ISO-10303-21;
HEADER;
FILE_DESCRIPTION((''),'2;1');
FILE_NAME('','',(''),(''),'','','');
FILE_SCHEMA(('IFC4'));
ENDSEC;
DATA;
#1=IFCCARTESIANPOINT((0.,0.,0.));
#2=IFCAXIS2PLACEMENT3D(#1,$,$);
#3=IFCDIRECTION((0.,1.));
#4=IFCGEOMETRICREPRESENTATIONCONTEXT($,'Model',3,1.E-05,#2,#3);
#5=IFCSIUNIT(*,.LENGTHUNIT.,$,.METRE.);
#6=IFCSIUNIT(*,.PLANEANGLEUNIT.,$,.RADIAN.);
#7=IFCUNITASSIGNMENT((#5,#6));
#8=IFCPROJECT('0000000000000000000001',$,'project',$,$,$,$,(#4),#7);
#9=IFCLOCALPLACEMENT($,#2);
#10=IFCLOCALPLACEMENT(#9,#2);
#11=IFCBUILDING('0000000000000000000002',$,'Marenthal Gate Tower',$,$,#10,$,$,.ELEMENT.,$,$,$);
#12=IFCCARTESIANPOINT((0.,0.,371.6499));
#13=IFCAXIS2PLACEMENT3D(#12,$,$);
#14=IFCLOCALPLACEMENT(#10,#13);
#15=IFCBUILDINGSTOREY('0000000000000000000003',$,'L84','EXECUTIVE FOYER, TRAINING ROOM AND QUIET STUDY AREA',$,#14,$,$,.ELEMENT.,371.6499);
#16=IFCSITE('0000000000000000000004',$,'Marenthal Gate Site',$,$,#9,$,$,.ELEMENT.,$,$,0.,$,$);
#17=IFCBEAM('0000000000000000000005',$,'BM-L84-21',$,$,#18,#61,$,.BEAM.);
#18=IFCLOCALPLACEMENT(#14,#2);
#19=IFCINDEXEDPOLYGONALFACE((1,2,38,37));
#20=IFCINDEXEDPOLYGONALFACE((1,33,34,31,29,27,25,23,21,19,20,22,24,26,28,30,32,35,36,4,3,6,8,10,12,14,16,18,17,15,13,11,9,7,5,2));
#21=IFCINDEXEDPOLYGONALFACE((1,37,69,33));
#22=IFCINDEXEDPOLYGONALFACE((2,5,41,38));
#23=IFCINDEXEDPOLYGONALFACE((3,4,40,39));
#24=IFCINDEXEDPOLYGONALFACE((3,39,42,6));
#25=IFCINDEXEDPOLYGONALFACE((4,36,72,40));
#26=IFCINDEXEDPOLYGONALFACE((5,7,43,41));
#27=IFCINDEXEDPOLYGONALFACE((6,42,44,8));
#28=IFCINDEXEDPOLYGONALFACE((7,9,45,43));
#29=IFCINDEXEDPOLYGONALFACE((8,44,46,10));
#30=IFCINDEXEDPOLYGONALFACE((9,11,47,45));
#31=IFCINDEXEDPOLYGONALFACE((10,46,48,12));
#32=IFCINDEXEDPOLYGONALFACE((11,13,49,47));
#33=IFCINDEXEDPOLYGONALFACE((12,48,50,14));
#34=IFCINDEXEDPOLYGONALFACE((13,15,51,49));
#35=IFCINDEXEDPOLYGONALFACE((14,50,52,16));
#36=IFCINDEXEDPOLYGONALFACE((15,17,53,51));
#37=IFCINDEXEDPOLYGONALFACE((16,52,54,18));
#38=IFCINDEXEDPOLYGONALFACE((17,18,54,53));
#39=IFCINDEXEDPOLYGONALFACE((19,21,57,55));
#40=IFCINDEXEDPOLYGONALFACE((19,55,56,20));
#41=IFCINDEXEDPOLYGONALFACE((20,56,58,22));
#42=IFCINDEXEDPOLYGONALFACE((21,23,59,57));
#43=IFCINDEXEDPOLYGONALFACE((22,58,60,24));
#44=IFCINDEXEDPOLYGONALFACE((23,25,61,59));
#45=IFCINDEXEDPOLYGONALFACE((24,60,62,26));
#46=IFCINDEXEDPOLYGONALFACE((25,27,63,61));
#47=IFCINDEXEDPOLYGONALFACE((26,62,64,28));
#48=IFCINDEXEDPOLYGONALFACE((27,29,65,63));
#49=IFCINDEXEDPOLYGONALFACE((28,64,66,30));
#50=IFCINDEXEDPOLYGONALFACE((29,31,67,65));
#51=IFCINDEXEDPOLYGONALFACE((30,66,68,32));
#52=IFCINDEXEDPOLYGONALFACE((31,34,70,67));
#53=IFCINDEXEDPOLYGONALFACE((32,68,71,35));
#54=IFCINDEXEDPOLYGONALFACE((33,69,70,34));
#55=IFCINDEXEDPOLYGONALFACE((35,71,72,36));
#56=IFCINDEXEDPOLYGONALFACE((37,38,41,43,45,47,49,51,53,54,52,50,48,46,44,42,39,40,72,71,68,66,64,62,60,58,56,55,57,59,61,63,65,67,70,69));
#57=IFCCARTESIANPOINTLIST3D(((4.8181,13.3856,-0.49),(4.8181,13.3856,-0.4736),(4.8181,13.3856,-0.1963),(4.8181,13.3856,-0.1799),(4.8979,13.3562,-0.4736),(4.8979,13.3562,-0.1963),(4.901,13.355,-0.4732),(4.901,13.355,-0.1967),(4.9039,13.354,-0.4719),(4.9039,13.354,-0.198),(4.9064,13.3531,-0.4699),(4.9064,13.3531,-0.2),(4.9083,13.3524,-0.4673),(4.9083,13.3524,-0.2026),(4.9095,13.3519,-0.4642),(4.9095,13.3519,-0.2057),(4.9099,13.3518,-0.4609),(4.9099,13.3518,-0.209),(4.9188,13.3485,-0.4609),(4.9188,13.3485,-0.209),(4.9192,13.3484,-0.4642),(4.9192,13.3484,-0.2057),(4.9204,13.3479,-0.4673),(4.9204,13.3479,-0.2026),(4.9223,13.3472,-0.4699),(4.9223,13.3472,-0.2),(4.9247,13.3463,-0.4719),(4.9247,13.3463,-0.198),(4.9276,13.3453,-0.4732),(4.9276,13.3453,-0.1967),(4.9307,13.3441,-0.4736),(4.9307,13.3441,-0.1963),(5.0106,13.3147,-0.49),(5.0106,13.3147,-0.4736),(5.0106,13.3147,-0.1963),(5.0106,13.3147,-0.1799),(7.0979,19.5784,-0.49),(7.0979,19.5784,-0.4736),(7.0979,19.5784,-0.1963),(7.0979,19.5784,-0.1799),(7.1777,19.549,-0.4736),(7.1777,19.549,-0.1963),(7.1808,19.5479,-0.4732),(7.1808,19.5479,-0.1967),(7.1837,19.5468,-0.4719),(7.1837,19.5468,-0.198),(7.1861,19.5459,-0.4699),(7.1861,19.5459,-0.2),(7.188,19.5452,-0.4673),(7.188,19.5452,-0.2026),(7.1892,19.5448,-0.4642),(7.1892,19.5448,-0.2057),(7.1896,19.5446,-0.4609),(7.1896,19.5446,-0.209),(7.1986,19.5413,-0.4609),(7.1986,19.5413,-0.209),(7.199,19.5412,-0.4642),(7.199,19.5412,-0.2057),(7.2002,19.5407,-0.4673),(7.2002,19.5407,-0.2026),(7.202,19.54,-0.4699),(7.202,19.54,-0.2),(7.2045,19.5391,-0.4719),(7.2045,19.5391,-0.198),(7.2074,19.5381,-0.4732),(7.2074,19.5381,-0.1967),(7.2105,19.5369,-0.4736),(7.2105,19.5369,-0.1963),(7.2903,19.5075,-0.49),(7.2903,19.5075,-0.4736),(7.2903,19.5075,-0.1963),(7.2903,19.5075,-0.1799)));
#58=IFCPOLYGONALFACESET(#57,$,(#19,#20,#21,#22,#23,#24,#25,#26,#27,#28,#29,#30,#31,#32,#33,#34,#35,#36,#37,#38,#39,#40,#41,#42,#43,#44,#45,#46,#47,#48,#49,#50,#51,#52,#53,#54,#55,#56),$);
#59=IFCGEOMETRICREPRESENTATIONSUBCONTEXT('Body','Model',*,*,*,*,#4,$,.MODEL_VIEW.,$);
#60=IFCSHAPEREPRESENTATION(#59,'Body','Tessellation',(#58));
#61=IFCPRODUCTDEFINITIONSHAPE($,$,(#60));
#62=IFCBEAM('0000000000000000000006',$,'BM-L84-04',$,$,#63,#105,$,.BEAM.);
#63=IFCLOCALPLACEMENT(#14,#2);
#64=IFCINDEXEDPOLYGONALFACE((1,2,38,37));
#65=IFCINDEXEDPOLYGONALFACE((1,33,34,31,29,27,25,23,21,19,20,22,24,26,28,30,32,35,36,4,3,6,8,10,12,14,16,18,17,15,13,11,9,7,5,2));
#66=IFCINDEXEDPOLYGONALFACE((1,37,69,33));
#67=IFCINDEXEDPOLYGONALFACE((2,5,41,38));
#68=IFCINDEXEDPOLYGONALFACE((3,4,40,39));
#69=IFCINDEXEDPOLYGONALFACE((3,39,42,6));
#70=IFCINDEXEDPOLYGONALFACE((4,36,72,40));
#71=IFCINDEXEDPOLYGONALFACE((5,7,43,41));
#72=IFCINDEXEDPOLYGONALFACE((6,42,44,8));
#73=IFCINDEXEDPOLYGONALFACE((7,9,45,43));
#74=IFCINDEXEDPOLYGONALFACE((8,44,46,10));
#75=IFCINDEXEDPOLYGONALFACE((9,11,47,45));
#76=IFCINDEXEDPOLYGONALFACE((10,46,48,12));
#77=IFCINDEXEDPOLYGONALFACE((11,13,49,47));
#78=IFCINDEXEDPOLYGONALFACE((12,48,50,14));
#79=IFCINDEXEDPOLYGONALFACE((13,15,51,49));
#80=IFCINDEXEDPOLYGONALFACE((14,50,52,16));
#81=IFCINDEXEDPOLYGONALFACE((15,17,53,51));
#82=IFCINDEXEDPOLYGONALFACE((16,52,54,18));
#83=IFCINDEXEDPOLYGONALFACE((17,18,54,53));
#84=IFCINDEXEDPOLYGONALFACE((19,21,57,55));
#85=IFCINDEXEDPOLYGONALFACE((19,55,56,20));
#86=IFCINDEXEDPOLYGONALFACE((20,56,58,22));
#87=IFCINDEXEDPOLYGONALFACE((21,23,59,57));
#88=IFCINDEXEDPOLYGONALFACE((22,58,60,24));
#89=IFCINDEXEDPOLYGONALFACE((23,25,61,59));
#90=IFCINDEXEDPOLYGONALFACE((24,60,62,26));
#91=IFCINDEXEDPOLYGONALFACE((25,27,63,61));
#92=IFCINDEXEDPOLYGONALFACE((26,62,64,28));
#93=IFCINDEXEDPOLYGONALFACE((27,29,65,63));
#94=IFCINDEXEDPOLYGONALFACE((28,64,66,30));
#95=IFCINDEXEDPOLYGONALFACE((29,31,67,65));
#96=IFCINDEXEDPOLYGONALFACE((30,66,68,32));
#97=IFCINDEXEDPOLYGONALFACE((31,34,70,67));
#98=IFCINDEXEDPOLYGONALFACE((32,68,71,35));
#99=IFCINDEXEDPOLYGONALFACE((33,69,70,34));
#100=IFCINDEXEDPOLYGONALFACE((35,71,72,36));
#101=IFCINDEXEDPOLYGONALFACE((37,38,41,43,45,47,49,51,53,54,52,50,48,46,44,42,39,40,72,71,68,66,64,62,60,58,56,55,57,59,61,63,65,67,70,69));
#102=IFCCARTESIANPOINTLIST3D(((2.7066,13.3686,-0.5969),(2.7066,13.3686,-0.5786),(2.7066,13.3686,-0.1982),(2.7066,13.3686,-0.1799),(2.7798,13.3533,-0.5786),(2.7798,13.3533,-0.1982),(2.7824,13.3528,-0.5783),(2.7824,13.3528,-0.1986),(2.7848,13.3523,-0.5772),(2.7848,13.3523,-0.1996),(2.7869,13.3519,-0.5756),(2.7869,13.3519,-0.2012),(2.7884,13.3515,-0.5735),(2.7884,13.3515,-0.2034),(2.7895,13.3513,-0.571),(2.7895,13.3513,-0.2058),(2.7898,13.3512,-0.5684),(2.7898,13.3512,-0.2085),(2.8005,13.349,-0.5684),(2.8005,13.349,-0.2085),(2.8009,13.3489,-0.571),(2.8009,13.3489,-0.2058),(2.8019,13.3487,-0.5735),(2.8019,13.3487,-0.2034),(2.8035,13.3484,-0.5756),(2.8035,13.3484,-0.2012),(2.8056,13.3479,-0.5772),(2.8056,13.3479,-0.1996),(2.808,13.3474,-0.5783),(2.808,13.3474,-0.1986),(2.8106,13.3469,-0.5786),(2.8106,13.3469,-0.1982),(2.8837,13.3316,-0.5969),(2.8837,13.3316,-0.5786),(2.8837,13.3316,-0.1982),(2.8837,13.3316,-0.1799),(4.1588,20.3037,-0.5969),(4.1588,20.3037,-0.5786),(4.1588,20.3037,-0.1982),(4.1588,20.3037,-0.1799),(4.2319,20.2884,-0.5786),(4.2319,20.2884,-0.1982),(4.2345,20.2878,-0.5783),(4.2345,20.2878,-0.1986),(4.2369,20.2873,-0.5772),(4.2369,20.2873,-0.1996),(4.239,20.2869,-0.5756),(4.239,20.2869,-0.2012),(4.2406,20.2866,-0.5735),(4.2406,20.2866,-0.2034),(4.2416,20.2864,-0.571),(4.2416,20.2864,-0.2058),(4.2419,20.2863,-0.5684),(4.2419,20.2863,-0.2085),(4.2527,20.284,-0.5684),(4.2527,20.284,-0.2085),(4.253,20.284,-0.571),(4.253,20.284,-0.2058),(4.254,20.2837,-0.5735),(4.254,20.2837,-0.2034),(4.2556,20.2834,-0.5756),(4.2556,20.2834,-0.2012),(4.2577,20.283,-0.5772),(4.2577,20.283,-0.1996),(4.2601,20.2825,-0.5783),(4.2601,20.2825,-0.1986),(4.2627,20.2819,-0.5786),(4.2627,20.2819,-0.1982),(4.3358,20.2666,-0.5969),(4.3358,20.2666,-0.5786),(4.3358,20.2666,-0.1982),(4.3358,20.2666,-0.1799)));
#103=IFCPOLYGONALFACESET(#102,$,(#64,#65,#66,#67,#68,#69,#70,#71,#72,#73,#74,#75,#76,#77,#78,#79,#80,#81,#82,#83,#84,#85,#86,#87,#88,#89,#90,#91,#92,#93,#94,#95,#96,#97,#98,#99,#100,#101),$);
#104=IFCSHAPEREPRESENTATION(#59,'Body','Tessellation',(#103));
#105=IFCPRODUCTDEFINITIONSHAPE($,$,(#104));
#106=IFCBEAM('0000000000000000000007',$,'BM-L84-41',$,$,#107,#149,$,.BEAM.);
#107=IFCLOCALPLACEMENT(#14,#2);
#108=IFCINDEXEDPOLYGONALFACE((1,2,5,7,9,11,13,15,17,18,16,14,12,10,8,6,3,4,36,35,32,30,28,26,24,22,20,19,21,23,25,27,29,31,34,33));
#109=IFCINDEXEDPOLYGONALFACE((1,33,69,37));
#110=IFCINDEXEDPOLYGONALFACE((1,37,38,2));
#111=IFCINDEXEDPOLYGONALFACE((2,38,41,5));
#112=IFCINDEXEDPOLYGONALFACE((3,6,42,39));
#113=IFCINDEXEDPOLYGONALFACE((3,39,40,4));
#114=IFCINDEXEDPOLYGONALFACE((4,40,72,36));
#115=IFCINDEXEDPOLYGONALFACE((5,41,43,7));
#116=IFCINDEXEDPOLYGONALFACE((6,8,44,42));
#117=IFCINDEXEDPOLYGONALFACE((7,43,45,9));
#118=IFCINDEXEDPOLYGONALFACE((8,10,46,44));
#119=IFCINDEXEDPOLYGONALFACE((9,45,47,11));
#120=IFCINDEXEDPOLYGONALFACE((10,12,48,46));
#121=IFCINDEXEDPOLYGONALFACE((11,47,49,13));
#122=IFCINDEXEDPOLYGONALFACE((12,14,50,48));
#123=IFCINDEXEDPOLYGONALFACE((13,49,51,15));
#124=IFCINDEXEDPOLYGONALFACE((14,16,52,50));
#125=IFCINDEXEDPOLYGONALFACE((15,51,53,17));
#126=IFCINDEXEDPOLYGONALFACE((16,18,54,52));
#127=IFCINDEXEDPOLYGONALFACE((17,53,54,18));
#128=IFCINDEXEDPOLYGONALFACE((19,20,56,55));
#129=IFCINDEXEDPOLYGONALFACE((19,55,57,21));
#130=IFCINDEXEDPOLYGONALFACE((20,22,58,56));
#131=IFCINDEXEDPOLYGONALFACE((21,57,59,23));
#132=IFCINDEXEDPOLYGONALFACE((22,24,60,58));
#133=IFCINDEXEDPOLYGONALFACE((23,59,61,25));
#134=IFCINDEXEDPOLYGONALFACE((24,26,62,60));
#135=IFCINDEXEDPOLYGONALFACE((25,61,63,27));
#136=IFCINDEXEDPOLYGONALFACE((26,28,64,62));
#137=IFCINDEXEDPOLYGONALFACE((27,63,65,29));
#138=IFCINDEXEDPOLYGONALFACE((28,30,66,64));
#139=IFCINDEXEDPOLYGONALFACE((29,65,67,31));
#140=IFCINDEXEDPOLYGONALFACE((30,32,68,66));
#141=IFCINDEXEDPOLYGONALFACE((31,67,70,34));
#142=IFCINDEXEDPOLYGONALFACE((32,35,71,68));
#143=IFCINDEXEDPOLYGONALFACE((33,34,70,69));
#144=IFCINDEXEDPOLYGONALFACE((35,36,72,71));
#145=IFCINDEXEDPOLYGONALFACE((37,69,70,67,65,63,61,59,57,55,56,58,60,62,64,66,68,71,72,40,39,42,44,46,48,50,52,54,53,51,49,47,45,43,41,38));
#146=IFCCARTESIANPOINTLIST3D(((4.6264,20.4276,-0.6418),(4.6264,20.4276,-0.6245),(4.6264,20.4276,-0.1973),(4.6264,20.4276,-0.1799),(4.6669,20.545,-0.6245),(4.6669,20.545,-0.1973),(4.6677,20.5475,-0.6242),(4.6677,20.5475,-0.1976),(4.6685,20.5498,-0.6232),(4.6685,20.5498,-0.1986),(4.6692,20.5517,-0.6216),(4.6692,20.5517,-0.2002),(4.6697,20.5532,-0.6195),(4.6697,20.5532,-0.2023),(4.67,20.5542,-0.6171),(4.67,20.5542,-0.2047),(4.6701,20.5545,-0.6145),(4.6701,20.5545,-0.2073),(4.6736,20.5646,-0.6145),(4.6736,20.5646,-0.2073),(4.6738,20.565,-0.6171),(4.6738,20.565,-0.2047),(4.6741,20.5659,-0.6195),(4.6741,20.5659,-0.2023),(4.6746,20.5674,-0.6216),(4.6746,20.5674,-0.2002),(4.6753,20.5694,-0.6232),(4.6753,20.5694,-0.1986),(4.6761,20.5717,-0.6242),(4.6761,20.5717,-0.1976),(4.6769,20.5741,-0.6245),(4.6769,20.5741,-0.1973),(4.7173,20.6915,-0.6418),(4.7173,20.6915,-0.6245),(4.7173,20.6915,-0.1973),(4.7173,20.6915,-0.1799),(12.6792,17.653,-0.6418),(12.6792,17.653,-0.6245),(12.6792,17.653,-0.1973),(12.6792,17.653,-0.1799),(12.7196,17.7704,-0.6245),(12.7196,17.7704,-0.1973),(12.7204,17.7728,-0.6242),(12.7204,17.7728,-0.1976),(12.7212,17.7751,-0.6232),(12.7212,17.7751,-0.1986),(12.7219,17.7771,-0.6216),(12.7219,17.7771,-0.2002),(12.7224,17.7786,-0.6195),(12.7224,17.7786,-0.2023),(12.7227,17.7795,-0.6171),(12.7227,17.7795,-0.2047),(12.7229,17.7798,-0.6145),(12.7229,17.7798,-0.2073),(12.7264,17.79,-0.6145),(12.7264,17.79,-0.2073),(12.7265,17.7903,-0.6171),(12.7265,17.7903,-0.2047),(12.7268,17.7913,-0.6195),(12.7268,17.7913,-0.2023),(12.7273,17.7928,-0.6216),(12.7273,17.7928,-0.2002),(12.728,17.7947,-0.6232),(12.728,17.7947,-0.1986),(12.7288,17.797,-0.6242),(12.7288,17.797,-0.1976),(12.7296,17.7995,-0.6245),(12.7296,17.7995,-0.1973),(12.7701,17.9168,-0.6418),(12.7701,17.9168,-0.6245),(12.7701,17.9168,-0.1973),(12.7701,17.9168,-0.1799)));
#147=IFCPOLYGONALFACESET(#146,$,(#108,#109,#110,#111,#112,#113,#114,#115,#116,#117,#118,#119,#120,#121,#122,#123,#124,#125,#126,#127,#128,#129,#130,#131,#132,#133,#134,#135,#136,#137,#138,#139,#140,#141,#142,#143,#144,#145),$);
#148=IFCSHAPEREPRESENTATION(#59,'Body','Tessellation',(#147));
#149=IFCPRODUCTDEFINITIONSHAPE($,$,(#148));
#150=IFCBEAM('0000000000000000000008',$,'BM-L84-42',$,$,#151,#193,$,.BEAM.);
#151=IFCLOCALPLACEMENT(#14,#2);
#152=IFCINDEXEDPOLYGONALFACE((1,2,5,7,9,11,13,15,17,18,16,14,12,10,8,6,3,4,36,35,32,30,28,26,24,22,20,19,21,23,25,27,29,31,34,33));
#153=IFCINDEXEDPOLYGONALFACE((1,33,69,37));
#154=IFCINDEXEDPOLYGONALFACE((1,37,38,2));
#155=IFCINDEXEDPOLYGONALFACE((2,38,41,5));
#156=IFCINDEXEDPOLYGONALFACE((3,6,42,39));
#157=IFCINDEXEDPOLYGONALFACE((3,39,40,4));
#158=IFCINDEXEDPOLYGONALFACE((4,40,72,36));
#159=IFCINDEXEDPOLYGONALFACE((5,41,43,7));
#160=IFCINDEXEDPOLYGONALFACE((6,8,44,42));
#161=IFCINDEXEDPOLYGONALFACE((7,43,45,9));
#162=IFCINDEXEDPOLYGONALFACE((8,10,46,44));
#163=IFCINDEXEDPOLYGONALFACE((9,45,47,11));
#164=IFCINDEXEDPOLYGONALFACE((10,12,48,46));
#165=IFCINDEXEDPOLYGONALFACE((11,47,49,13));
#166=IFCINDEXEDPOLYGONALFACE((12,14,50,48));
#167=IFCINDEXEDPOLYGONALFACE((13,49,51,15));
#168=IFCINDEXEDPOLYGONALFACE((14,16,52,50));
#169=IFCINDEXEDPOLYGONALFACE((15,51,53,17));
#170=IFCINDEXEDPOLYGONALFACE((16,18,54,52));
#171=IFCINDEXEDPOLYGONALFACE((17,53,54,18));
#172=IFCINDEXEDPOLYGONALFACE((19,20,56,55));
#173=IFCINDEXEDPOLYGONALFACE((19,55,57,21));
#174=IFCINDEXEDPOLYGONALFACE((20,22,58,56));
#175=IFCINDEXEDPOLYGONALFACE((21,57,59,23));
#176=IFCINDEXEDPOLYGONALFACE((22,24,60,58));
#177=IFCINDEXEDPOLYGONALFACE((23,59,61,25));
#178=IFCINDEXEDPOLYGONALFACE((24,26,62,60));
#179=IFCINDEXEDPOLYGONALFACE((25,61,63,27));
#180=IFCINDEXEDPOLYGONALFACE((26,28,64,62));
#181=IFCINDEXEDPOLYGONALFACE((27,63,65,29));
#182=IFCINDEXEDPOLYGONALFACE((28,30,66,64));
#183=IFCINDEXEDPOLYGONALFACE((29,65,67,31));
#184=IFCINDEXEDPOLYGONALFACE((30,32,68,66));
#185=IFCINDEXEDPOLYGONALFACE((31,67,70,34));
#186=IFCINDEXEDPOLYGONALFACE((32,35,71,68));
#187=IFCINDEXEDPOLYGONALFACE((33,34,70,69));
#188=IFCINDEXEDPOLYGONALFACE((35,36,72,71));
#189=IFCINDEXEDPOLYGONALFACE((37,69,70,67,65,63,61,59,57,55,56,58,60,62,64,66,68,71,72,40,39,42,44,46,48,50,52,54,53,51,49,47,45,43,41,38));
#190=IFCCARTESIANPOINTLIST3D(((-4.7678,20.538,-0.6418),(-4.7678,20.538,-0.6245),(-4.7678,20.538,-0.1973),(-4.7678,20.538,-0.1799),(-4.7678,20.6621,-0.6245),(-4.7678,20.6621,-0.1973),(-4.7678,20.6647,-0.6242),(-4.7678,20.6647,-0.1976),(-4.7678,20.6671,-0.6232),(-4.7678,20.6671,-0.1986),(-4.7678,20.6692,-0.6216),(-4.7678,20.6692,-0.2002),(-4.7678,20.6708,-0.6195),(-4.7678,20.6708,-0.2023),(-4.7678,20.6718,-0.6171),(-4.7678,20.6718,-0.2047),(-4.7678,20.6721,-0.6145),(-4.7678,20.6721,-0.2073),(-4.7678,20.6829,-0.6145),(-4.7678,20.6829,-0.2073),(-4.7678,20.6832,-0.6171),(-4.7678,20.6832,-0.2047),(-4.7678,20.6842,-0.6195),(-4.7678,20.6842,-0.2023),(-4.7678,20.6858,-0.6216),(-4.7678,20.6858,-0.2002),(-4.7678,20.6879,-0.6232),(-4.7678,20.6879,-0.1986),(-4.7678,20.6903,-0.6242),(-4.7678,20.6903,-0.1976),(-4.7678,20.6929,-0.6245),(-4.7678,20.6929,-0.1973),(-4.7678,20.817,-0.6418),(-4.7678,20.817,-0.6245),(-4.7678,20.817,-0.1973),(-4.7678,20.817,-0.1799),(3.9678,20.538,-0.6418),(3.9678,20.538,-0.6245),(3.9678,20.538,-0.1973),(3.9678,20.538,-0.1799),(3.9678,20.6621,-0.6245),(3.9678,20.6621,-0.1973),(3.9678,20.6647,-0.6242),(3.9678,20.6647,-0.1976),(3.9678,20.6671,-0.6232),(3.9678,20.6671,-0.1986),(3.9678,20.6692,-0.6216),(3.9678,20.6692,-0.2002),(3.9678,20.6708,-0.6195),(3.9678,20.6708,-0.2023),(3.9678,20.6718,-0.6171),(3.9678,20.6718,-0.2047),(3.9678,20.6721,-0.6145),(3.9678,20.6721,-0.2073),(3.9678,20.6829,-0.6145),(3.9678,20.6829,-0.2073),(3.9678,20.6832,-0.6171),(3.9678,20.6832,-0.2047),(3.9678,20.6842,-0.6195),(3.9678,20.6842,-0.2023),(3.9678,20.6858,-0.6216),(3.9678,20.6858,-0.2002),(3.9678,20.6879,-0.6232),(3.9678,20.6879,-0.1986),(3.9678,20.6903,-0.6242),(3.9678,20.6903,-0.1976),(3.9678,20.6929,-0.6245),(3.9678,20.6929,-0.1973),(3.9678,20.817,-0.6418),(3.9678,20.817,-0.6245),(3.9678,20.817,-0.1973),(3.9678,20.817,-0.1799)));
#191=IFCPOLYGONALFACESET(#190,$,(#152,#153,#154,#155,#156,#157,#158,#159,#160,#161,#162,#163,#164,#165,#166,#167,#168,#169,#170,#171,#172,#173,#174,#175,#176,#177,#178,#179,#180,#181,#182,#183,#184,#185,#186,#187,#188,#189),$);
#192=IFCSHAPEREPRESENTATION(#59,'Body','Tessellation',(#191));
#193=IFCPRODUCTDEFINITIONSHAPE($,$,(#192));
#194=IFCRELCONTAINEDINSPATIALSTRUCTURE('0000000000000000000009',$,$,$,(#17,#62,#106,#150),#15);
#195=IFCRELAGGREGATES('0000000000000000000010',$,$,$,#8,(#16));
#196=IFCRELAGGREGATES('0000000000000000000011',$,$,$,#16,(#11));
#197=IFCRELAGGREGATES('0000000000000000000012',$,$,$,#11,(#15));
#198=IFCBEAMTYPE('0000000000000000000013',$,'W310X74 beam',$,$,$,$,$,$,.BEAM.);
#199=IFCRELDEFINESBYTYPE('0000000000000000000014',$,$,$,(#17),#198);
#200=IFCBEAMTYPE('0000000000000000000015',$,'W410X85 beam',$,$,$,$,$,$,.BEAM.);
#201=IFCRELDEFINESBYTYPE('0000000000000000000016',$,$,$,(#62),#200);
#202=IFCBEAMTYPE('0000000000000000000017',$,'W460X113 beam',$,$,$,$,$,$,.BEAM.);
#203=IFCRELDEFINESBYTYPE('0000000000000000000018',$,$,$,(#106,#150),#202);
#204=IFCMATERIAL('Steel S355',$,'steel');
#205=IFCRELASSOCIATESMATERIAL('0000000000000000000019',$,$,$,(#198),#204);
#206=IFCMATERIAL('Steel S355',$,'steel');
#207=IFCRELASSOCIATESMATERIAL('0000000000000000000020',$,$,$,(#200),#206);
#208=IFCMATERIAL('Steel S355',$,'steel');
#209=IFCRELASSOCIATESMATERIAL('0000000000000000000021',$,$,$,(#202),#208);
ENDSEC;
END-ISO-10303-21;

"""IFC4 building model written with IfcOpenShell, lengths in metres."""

from ifc_helpers import new_model, si_unit, direction, frame, origin, origin_2d, place, context, subcontext, project, spatial, i_section, extrude, material, material_profile, profile_set, type_object, element, save


model = new_model("IFC4")

# Units and contexts
model_context = context("Model", 3, precision=1e-05, world=origin(), true_north=direction((0.0, 1.0)))
body_context = subcontext(model_context, "Body", "Model", "MODEL_VIEW")
ifc_project = project(units=[si_unit("LENGTHUNIT", "METRE"), si_unit("PLANEANGLEUNIT", "RADIAN")], contexts=[model_context])

# Site, building, storey
site_placement = place(None, origin())
site = spatial("IfcSite", under=ifc_project, at=site_placement, Name="Marenthal Gate Site", CompositionType="ELEMENT", RefElevation=0.0)
building_placement = place(site_placement, origin())
building = spatial("IfcBuilding", under=site, at=building_placement, Name="Marenthal Gate Tower", CompositionType="ELEMENT")
storey_placement = place(building_placement, frame((0.0, 0.0, 371.6499)))
storey = spatial("IfcBuildingStorey", under=building, at=storey_placement, Name="L84", Description="EXECUTIVE FOYER, TRAINING ROOM AND QUIET STUDY AREA", CompositionType="ELEMENT", Elevation=371.6499)

# Beams
ifc_material_1 = material(Name="Steel S355", Category="steel")
ifc_material_profile_1 = material_profile(ifc_material_1, i_section(OverallWidth=0.2051, OverallDepth=0.3101, WebThickness=0.0095, FlangeThickness=0.0164, FilletRadius=0.0127, at=origin_2d()), Name="W310X74")
ifc_profile_set_1 = profile_set([ifc_material_profile_1], Name="Steel S355")
beam_type_1 = type_object("IfcBeamType", Name="W310X74 beam", PredefinedType="BEAM", material=ifc_profile_set_1)
beam_1_placement = place(storey_placement, frame((7.1941, 19.543, -0.335), z_axis=(-0.345465, -0.938432, 0.0), x_axis=(0.938432, -0.345465, 0.0)))
element("IfcBeam", 1, at=beam_1_placement, inside=storey, type_object=beam_type_1, Name="BM-L84-21", PredefinedType="BEAM", context=body_context, shape_type="SweptSolid", body=[
    extrude(i_section(OverallWidth=0.2051, OverallDepth=0.3101, WebThickness=0.0095, FlangeThickness=0.0164, FilletRadius=0.0127, at=origin_2d()), origin(), (0.0, 0.0, 1.0), 6.5991),
])
ifc_material_2 = material(Name="Steel S355", Category="steel")
ifc_material_profile_2 = material_profile(ifc_material_2, i_section(OverallWidth=0.1809, OverallDepth=0.417, WebThickness=0.011, FlangeThickness=0.0183, FilletRadius=0.0103, at=origin_2d()), Name="W410X85")
ifc_profile_set_2 = profile_set([ifc_material_profile_2], Name="Steel S355")
beam_type_2 = type_object("IfcBeamType", Name="W410X85 beam", PredefinedType="BEAM", material=ifc_profile_set_2)
beam_2_placement = place(storey_placement, frame((4.2473, 20.2852, -0.3884), z_axis=(-0.204948, -0.978773, 0.0), x_axis=(0.978773, -0.204948, 0.0)))
element("IfcBeam", 2, at=beam_2_placement, inside=storey, type_object=beam_type_2, Name="BM-L84-04", PredefinedType="BEAM", context=body_context, shape_type="SweptSolid", body=[
    extrude(i_section(OverallWidth=0.1809, OverallDepth=0.417, WebThickness=0.011, FlangeThickness=0.0183, FilletRadius=0.0103, at=origin_2d()), origin(), (0.0, 0.0, 1.0), 7.0854),
])
ifc_material_3 = material(Name="Steel S355", Category="steel")
ifc_material_profile_3 = material_profile(ifc_material_3, i_section(OverallWidth=0.2791, OverallDepth=0.4619, WebThickness=0.0107, FlangeThickness=0.0173, FilletRadius=0.01, at=origin_2d()), Name="W460X113")
ifc_profile_set_3 = profile_set([ifc_material_profile_3], Name="Steel S355")
beam_type_3 = type_object("IfcBeamType", Name="W460X113 beam", PredefinedType="BEAM", material=ifc_profile_set_3)
beam_3_placement = place(storey_placement, frame((12.7246, 17.7849, -0.4109), z_axis=(-0.945451, 0.325765, 0.0), x_axis=(-0.325765, -0.945451, 0.0)))
element("IfcBeam", 3, at=beam_3_placement, inside=storey, type_object=beam_type_3, Name="BM-L84-41", PredefinedType="BEAM", context=body_context, shape_type="SweptSolid", body=[
    extrude(i_section(OverallWidth=0.2791, OverallDepth=0.4619, WebThickness=0.0107, FlangeThickness=0.0173, FilletRadius=0.01, at=origin_2d()), origin(), (0.0, 0.0, 1.0), 8.5173),
])
beam_4_placement = place(storey_placement, frame((3.9678, 20.6775, -0.4109), z_axis=(-1.0, 0.0, 0.0), x_axis=(0.0, -1.0, 0.0)))
element("IfcBeam", 4, at=beam_4_placement, inside=storey, type_object=beam_type_3, Name="BM-L84-42", PredefinedType="BEAM", context=body_context, shape_type="SweptSolid", body=[
    extrude(i_section(OverallWidth=0.2791, OverallDepth=0.4619, WebThickness=0.0107, FlangeThickness=0.0173, FilletRadius=0.01, at=origin_2d()), origin(), (0.0, 0.0, 1.0), 8.7356),
])

save(model, "model.ifc")
